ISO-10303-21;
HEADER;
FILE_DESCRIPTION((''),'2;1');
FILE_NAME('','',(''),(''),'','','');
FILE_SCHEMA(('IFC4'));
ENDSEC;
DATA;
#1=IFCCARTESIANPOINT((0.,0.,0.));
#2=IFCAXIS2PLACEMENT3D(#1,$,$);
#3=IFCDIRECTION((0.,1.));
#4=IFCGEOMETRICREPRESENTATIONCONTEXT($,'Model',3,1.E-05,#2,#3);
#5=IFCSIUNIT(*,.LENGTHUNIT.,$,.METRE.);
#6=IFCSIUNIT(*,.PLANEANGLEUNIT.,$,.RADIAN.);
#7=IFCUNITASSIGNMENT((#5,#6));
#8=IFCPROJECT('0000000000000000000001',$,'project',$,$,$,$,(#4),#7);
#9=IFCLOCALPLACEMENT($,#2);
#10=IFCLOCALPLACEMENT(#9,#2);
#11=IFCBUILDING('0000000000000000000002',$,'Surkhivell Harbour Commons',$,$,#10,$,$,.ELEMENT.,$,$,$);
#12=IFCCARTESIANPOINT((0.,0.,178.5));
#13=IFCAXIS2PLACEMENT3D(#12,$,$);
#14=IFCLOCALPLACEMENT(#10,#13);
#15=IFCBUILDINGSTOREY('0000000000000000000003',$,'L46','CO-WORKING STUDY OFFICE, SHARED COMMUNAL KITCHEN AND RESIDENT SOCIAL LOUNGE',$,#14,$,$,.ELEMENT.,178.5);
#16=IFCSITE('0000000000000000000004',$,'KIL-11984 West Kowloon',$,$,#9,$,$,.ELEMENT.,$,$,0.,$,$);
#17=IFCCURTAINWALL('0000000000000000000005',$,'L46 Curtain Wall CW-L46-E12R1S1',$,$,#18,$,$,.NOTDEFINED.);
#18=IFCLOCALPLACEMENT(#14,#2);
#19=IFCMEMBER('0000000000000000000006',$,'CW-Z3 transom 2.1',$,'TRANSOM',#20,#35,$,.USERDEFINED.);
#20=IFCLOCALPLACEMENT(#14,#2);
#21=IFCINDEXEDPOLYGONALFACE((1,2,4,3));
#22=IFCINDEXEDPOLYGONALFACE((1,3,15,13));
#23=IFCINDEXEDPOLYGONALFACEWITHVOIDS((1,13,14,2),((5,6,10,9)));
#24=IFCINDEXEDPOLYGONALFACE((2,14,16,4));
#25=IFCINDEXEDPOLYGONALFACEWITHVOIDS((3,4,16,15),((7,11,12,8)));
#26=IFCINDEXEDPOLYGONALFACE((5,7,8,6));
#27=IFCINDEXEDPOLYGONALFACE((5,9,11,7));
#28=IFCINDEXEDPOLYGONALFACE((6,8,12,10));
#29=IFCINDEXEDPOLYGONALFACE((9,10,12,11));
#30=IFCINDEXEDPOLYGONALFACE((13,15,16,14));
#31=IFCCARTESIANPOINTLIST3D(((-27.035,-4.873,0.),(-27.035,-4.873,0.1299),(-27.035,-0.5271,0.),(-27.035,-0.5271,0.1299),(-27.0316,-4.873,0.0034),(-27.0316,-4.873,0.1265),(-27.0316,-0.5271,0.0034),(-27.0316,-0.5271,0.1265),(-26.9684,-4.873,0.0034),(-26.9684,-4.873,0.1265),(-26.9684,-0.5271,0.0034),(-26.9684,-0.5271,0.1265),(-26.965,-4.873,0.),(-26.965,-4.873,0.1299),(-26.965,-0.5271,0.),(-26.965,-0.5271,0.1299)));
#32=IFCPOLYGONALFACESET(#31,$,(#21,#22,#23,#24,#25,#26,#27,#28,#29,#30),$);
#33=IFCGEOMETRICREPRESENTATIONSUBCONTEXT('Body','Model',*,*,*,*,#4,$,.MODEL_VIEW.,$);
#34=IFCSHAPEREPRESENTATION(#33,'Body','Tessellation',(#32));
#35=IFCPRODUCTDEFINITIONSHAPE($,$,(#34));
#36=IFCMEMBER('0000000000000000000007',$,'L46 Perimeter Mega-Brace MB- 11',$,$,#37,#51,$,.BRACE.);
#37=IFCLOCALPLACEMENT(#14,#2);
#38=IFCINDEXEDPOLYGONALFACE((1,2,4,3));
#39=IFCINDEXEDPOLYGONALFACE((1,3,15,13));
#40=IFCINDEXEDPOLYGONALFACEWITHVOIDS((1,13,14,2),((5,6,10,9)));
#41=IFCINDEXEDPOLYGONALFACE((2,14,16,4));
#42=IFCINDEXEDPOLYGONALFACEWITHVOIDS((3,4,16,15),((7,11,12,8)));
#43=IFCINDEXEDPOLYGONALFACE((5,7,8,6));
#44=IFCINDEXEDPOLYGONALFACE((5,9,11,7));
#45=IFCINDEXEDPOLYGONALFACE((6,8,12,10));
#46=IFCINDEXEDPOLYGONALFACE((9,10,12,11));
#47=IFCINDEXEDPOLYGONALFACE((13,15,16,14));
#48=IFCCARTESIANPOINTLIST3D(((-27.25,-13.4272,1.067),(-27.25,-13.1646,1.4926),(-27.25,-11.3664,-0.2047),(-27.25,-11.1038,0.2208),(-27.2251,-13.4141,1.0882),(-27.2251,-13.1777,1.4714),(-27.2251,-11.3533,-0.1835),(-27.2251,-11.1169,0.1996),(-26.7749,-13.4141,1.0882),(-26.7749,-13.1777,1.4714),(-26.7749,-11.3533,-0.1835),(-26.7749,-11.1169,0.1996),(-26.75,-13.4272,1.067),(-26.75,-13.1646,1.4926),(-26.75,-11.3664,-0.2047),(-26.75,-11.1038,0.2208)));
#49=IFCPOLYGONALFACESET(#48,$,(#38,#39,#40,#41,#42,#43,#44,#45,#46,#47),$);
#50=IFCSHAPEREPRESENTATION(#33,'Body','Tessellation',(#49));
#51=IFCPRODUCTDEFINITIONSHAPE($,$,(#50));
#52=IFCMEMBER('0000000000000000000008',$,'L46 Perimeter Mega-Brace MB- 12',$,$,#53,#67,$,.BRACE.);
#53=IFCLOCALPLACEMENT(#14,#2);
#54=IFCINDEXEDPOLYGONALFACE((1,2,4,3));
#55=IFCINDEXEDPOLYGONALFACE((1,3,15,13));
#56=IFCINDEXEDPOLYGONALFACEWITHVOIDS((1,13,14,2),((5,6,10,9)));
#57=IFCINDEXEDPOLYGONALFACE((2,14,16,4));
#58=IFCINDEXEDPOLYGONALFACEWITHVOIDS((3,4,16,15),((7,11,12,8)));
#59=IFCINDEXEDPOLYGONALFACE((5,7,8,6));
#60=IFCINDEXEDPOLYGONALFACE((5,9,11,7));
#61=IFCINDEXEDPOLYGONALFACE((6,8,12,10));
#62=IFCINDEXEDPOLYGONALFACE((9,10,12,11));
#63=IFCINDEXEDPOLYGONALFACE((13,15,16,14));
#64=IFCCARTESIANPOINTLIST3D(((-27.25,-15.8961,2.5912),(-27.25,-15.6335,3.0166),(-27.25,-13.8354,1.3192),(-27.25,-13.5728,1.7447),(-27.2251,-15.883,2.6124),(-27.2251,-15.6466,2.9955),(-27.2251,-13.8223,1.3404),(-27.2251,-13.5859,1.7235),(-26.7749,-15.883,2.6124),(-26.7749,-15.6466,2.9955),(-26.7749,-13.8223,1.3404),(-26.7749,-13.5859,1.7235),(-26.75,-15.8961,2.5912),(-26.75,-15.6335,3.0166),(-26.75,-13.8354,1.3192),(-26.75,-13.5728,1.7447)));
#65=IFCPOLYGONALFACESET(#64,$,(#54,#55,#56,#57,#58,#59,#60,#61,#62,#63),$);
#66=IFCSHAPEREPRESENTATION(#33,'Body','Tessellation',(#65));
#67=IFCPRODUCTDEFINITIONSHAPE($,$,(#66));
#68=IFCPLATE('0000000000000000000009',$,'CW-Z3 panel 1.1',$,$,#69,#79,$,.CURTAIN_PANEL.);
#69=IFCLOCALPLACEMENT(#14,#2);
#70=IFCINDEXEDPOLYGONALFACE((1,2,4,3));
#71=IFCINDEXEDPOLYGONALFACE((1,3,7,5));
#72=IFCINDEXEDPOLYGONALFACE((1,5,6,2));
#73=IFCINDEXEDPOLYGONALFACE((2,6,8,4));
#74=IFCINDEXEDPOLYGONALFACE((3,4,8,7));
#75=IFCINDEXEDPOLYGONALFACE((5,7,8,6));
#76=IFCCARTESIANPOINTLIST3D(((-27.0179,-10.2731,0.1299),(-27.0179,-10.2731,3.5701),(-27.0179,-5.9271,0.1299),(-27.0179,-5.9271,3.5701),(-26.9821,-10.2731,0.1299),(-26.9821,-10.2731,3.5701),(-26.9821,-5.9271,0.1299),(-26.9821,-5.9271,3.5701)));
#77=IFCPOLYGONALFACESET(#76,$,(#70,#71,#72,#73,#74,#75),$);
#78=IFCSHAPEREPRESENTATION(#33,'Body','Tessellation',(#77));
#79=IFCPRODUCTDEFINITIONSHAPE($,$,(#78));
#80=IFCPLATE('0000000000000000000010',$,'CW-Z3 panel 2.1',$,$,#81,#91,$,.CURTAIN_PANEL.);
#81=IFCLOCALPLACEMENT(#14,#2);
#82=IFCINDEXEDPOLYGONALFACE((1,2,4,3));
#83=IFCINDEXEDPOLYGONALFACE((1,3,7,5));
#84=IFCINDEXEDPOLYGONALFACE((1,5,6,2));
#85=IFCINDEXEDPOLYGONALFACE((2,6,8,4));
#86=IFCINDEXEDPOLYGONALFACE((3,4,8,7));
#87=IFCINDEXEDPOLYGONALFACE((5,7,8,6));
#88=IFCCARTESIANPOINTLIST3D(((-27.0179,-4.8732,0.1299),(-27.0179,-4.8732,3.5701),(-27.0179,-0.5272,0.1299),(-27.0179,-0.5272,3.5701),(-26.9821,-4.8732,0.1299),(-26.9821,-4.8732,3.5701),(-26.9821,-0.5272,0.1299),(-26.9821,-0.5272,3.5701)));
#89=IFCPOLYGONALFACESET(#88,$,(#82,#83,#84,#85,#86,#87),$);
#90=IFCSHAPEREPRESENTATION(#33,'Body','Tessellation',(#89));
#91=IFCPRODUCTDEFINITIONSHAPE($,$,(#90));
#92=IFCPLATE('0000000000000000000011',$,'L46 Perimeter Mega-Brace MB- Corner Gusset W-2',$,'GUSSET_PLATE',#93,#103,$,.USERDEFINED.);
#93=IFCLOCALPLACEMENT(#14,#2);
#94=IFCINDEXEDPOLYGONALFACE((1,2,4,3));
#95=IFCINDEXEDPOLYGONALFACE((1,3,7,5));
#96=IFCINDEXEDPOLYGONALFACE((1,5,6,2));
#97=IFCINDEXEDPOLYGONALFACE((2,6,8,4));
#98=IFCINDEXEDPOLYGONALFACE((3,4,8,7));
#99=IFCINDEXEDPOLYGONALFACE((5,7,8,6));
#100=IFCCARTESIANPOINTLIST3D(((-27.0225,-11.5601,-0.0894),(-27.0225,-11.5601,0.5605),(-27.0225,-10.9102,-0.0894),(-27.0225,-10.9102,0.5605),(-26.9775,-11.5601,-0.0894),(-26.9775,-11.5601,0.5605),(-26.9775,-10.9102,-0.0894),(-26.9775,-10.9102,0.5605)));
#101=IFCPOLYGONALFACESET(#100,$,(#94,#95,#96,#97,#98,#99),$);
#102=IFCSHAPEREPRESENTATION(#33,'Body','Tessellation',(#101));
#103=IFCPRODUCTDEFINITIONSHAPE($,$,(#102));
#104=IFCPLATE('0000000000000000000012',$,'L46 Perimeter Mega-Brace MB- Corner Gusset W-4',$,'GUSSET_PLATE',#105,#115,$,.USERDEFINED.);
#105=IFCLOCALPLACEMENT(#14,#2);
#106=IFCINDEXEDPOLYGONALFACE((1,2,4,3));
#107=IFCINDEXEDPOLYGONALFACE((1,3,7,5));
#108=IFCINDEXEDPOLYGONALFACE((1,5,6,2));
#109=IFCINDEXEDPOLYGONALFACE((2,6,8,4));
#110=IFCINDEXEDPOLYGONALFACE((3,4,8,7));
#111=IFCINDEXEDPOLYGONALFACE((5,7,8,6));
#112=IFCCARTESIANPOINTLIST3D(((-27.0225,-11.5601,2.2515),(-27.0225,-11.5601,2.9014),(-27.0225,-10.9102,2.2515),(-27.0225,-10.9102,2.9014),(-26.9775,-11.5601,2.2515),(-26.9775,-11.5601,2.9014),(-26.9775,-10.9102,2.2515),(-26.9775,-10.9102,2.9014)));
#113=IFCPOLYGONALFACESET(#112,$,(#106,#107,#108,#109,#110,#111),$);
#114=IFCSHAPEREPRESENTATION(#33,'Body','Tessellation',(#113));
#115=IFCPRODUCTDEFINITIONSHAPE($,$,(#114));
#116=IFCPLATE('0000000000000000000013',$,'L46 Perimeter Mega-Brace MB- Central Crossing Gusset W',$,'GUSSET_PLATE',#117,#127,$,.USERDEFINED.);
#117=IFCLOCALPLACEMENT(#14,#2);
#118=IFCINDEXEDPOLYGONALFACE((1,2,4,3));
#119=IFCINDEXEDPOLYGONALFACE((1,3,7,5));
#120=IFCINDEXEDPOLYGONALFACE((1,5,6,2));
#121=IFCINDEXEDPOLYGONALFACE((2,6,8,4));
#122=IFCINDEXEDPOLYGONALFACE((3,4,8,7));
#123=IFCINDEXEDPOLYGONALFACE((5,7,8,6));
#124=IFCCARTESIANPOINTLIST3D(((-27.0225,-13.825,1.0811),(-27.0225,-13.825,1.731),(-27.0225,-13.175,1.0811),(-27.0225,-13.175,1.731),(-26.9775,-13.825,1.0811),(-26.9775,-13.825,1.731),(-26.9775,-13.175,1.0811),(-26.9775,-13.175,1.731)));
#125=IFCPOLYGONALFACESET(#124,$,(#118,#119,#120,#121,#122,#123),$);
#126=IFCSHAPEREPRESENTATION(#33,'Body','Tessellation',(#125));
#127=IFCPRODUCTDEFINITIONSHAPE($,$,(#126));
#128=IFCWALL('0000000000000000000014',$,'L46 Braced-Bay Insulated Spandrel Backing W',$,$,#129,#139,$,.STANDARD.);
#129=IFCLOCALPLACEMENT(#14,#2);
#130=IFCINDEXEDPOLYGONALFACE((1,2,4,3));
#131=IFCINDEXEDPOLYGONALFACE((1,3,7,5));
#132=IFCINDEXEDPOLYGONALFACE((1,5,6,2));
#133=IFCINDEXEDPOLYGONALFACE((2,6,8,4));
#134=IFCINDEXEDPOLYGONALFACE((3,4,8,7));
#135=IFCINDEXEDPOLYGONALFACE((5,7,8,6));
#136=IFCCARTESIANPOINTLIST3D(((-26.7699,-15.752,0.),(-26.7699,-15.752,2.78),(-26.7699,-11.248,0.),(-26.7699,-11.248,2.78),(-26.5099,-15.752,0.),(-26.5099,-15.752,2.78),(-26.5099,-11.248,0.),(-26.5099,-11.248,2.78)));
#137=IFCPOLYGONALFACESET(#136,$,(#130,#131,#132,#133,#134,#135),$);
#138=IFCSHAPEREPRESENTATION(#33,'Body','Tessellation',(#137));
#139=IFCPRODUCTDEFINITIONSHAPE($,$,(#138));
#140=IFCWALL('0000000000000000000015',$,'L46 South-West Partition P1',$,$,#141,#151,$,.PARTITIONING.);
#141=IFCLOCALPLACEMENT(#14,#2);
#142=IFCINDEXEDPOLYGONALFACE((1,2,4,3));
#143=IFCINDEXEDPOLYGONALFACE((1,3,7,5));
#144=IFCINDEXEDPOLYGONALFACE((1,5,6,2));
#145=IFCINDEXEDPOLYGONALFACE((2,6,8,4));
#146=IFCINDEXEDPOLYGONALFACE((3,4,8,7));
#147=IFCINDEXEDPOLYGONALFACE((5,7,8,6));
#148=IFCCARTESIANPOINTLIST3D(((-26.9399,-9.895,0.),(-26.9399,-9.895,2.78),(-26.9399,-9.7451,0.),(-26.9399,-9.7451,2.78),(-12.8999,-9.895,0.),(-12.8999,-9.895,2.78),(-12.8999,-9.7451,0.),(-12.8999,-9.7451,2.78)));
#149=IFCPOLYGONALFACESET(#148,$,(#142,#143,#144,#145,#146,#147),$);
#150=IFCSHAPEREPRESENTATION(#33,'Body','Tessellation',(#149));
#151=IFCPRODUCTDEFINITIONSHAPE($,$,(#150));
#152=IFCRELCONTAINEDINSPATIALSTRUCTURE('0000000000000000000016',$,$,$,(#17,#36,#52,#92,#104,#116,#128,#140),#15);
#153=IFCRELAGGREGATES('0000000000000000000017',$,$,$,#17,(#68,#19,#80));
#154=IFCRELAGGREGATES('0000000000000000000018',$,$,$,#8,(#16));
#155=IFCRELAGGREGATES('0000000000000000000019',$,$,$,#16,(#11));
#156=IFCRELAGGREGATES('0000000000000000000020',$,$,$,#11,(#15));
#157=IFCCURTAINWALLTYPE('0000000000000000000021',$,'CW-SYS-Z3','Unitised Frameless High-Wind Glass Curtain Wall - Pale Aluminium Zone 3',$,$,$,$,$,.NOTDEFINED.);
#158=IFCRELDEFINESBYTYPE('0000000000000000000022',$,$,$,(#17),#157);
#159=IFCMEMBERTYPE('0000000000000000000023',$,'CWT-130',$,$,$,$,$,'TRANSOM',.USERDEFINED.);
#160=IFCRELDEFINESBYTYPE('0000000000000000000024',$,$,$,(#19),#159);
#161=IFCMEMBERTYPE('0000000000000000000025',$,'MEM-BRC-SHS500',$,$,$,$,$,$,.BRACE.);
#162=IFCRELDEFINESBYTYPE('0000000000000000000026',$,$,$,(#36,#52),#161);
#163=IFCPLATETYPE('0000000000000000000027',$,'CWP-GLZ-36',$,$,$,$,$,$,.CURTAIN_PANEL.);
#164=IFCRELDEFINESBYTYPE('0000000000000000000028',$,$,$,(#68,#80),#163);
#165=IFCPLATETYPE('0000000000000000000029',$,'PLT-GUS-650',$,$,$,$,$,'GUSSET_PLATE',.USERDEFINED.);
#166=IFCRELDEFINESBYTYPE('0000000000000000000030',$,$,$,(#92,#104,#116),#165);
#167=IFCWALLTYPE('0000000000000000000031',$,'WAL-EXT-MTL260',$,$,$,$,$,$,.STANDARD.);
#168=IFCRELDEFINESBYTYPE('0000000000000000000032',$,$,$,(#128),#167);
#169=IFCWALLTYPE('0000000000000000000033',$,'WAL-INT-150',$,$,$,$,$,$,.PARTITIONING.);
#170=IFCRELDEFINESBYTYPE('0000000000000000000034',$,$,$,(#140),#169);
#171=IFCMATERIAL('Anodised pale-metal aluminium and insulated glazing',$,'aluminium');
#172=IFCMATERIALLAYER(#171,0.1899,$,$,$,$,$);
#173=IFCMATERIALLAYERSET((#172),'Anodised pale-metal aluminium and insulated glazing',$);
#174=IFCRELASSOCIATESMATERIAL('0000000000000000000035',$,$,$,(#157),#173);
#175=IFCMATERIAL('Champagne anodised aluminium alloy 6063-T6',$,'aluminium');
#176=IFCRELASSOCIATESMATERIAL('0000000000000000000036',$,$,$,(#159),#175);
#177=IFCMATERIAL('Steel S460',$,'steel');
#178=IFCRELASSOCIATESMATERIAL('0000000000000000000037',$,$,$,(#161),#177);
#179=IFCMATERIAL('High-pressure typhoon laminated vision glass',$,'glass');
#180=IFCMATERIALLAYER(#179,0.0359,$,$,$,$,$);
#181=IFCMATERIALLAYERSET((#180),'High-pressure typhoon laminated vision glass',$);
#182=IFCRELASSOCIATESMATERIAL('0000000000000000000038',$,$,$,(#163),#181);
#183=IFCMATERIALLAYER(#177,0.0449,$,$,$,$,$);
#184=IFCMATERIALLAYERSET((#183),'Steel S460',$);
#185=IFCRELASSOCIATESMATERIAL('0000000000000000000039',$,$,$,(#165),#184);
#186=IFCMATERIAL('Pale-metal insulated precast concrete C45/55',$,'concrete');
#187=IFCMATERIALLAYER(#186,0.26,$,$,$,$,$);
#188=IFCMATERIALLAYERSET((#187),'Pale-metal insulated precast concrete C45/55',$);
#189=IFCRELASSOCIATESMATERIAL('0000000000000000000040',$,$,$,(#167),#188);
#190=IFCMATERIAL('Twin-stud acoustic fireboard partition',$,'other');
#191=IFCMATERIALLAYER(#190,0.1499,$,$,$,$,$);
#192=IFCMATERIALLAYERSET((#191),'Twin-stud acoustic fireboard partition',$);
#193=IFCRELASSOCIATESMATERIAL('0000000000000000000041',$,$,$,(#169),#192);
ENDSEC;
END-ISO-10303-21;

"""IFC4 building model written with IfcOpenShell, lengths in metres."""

from ifc_helpers import new_model, si_unit, direction, frame, frame_2d, origin, origin_2d, place, context, subcontext, project, spatial, rectangle, hollow_rectangle, extrude, material, layer, layer_set, material_profile, profile_set, type_object, element, aggregate, save


model = new_model("IFC4")

# Units and contexts
model_context = context("Model", 3, precision=1e-05, world=origin(), true_north=direction((0.0, 1.0)))
body_context = subcontext(model_context, "Body", "Model", "MODEL_VIEW")
ifc_project = project(units=[si_unit("LENGTHUNIT", "METRE"), si_unit("PLANEANGLEUNIT", "RADIAN")], contexts=[model_context])

# Site, building, storey
site_placement = place(None, origin())
site = spatial("IfcSite", under=ifc_project, at=site_placement, Name="KIL-11984 West Kowloon", CompositionType="ELEMENT", RefElevation=0.0)
building_placement = place(site_placement, origin())
building = spatial("IfcBuilding", under=site, at=building_placement, Name="Surkhivell Harbour Commons", CompositionType="ELEMENT")
storey_placement = place(building_placement, frame((0.0, 0.0, 178.5)))
storey = spatial("IfcBuildingStorey", under=building, at=storey_placement, Name="L46", Description="CO-WORKING STUDY OFFICE, SHARED COMMUNAL KITCHEN AND RESIDENT SOCIAL LOUNGE", CompositionType="ELEMENT", Elevation=178.5)

# Curtain wall, member
ifc_material_1 = material(Name="Anodised pale-metal aluminium and insulated glazing", Category="aluminium")
ifc_layer_1 = layer(ifc_material_1, 0.1899)
ifc_layer_set_1 = layer_set([ifc_layer_1], Name="Anodised pale-metal aluminium and insulated glazing")
curtain_wall_type = type_object("IfcCurtainWallType", Name="CW-SYS-Z3", Description="Unitised Frameless High-Wind Glass Curtain Wall - Pale Aluminium Zone 3", PredefinedType="NOTDEFINED", material=ifc_layer_set_1)
curtain_wall_placement = place(storey_placement, origin())
curtain_wall = element("IfcCurtainWall", 1, at=curtain_wall_placement, inside=storey, type_object=curtain_wall_type, Name="L46 Curtain Wall CW-L46-E12R1S1", PredefinedType="NOTDEFINED")
ifc_material_2 = material(Name="Champagne anodised aluminium alloy 6063-T6", Category="aluminium")
ifc_material_profile_1 = material_profile(ifc_material_2, hollow_rectangle(XDim=0.0701, YDim=0.1299, WallThickness=0.0034, at=origin_2d()), Name="ALU-TRAN-70x130")
ifc_profile_set_1 = profile_set([ifc_material_profile_1], Name="Champagne anodised aluminium alloy 6063-T6")
member_type_1 = type_object("IfcMemberType", Name="CWT-130", ElementType="TRANSOM", PredefinedType="USERDEFINED", material=ifc_profile_set_1)
member_1_placement = place(storey_placement, frame((-27.0, -4.873, 0.0649), z_axis=(0.0, 1.0, 0.0), x_axis=(-1.0, 0.0, 0.0)))
member_1 = element("IfcMember", 2, at=member_1_placement, type_object=member_type_1, Name="CW-Z3 transom 2.1", ObjectType="TRANSOM", PredefinedType="USERDEFINED", context=body_context, shape_type="SweptSolid", body=[
    extrude(hollow_rectangle(XDim=0.0701, YDim=0.1299, WallThickness=0.0034, at=origin_2d()), origin(), (0.0, 0.0, 1.0), 4.3459),
])

# Members
ifc_material_3 = material(Name="Steel S460", Category="steel")
ifc_material_profile_2 = material_profile(ifc_material_3, hollow_rectangle(XDim=0.5, YDim=0.5, WallThickness=0.0249, at=origin_2d()), Name="SHS500x500x25")
ifc_profile_set_2 = profile_set([ifc_material_profile_2], Name="Steel S460")
member_type_2 = type_object("IfcMemberType", Name="MEM-BRC-SHS500", PredefinedType="BRACE", material=ifc_profile_set_2)
for number, where, z_axis, x_axis, name in (
    (3, (-27.0, -11.2351, 0.0081), (0.0, -0.851003, 0.52516), (1.0, 0.0, 0.0), "L46 Perimeter Mega-Brace MB- 11"),
    (4, (-27.0, -13.7041, 1.532), (0.0, -0.850958, 0.525233), (1.0, 0.0, 0.0), "L46 Perimeter Mega-Brace MB- 12"),
):
    element("IfcMember", number, at=place(storey_placement, frame(where, z_axis=z_axis, x_axis=x_axis)), inside=storey, type_object=member_type_2, Name=name, PredefinedType="BRACE", context=body_context, shape_type="SweptSolid", body=[
        extrude(hollow_rectangle(XDim=0.5, YDim=0.5, WallThickness=0.0249, at=origin_2d()), origin(), (0.0, 0.0, 1.0), 2.4216),
    ])

# Plates
ifc_material_4 = material(Name="High-pressure typhoon laminated vision glass", Category="glass")
ifc_layer_2 = layer(ifc_material_4, 0.0359)
ifc_layer_set_2 = layer_set([ifc_layer_2], Name="High-pressure typhoon laminated vision glass")
plate_type_1 = type_object("IfcPlateType", Name="CWP-GLZ-36", PredefinedType="CURTAIN_PANEL", material=ifc_layer_set_2)
plate_1_placement = place(storey_placement, frame((-27.0, -10.2729, 0.1299), z_axis=(0.0, 0.0, 1.0), x_axis=(0.0, 1.0, 0.0)))
plate_1 = element("IfcPlate", 5, at=plate_1_placement, type_object=plate_type_1, Name="CW-Z3 panel 1.1", PredefinedType="CURTAIN_PANEL", context=body_context, shape_type="SweptSolid", body=[
    extrude(rectangle(XDim=4.3459, YDim=0.0359, at=frame_2d((2.1729, 0.0))), origin(), (0.0, 0.0, 1.0), 3.4402),
])
plate_2_placement = place(storey_placement, frame((-27.0, -4.873, 0.1299), z_axis=(0.0, 0.0, 1.0), x_axis=(0.0, 1.0, 0.0)))
plate_2 = element("IfcPlate", 6, at=plate_2_placement, type_object=plate_type_1, Name="CW-Z3 panel 2.1", PredefinedType="CURTAIN_PANEL", context=body_context, shape_type="SweptSolid", body=[
    extrude(rectangle(XDim=4.3459, YDim=0.0359, at=frame_2d((2.1729, 0.0))), origin(), (0.0, 0.0, 1.0), 3.4402),
])
aggregate(curtain_wall, [plate_1, member_1, plate_2])

# Plates
ifc_layer_3 = layer(ifc_material_3, 0.0449)
ifc_layer_set_3 = layer_set([ifc_layer_3], Name="Steel S460")
plate_type_2 = type_object("IfcPlateType", Name="PLT-GUS-650", ElementType="GUSSET_PLATE", PredefinedType="USERDEFINED", material=ifc_layer_set_3)
for number, where, z_axis, x_axis, name in (
    (7, (-27.0, -11.2351, -0.0894), (0.0, 0.0, 1.0), (0.0, 1.0, 0.0), "L46 Perimeter Mega-Brace MB- Corner Gusset W-2"),
    (8, (-27.0, -11.2351, 2.2515), (0.0, 0.0, 1.0), (0.0, 1.0, 0.0), "L46 Perimeter Mega-Brace MB- Corner Gusset W-4"),
    (9, (-27.0, -13.5, 1.0811), (0.0, 0.0, 1.0), (0.0, 1.0, 0.0), "L46 Perimeter Mega-Brace MB- Central Crossing Gusset W"),
):
    element("IfcPlate", number, at=place(storey_placement, frame(where, z_axis=z_axis, x_axis=x_axis)), inside=storey, type_object=plate_type_2, Name=name, ObjectType="GUSSET_PLATE", PredefinedType="USERDEFINED", context=body_context, shape_type="SweptSolid", body=[
        extrude(rectangle(XDim=0.6499, YDim=0.0449, at=origin_2d()), origin(), (0.0, 0.0, 1.0), 0.6499),
    ])

# Walls
ifc_material_5 = material(Name="Pale-metal insulated precast concrete C45/55", Category="concrete")
ifc_layer_4 = layer(ifc_material_5, 0.26)
ifc_layer_set_4 = layer_set([ifc_layer_4], Name="Pale-metal insulated precast concrete C45/55")
wall_type_1 = type_object("IfcWallType", Name="WAL-EXT-MTL260", PredefinedType="STANDARD", material=ifc_layer_set_4)
wall_1_placement = place(storey_placement, frame((-26.6399, -15.752, 0.0), z_axis=(0.0, 0.0, 1.0), x_axis=(0.0, 1.0, 0.0)))
element("IfcWall", 10, at=wall_1_placement, inside=storey, type_object=wall_type_1, Name="L46 Braced-Bay Insulated Spandrel Backing W", PredefinedType="STANDARD", context=body_context, shape_type="SweptSolid", body=[
    extrude(rectangle(XDim=4.5039, YDim=0.26, at=frame_2d((2.252, 0.0))), origin(), (0.0, 0.0, 1.0), 2.78),
])
ifc_material_6 = material(Name="Twin-stud acoustic fireboard partition", Category="other")
ifc_layer_5 = layer(ifc_material_6, 0.1499)
ifc_layer_set_5 = layer_set([ifc_layer_5], Name="Twin-stud acoustic fireboard partition")
wall_type_2 = type_object("IfcWallType", Name="WAL-INT-150", PredefinedType="PARTITIONING", material=ifc_layer_set_5)
wall_2_placement = place(storey_placement, frame((-26.9399, -9.8201, 0.0), z_axis=(0.0, 0.0, 1.0), x_axis=(1.0, 0.0, 0.0)))
element("IfcWall", 11, at=wall_2_placement, inside=storey, type_object=wall_type_2, Name="L46 South-West Partition P1", PredefinedType="PARTITIONING", context=body_context, shape_type="SweptSolid", body=[
    extrude(rectangle(XDim=14.04, YDim=0.1499, at=frame_2d((7.02, 0.0))), origin(), (0.0, 0.0, 1.0), 2.78),
])

save(model, "model.ifc")
